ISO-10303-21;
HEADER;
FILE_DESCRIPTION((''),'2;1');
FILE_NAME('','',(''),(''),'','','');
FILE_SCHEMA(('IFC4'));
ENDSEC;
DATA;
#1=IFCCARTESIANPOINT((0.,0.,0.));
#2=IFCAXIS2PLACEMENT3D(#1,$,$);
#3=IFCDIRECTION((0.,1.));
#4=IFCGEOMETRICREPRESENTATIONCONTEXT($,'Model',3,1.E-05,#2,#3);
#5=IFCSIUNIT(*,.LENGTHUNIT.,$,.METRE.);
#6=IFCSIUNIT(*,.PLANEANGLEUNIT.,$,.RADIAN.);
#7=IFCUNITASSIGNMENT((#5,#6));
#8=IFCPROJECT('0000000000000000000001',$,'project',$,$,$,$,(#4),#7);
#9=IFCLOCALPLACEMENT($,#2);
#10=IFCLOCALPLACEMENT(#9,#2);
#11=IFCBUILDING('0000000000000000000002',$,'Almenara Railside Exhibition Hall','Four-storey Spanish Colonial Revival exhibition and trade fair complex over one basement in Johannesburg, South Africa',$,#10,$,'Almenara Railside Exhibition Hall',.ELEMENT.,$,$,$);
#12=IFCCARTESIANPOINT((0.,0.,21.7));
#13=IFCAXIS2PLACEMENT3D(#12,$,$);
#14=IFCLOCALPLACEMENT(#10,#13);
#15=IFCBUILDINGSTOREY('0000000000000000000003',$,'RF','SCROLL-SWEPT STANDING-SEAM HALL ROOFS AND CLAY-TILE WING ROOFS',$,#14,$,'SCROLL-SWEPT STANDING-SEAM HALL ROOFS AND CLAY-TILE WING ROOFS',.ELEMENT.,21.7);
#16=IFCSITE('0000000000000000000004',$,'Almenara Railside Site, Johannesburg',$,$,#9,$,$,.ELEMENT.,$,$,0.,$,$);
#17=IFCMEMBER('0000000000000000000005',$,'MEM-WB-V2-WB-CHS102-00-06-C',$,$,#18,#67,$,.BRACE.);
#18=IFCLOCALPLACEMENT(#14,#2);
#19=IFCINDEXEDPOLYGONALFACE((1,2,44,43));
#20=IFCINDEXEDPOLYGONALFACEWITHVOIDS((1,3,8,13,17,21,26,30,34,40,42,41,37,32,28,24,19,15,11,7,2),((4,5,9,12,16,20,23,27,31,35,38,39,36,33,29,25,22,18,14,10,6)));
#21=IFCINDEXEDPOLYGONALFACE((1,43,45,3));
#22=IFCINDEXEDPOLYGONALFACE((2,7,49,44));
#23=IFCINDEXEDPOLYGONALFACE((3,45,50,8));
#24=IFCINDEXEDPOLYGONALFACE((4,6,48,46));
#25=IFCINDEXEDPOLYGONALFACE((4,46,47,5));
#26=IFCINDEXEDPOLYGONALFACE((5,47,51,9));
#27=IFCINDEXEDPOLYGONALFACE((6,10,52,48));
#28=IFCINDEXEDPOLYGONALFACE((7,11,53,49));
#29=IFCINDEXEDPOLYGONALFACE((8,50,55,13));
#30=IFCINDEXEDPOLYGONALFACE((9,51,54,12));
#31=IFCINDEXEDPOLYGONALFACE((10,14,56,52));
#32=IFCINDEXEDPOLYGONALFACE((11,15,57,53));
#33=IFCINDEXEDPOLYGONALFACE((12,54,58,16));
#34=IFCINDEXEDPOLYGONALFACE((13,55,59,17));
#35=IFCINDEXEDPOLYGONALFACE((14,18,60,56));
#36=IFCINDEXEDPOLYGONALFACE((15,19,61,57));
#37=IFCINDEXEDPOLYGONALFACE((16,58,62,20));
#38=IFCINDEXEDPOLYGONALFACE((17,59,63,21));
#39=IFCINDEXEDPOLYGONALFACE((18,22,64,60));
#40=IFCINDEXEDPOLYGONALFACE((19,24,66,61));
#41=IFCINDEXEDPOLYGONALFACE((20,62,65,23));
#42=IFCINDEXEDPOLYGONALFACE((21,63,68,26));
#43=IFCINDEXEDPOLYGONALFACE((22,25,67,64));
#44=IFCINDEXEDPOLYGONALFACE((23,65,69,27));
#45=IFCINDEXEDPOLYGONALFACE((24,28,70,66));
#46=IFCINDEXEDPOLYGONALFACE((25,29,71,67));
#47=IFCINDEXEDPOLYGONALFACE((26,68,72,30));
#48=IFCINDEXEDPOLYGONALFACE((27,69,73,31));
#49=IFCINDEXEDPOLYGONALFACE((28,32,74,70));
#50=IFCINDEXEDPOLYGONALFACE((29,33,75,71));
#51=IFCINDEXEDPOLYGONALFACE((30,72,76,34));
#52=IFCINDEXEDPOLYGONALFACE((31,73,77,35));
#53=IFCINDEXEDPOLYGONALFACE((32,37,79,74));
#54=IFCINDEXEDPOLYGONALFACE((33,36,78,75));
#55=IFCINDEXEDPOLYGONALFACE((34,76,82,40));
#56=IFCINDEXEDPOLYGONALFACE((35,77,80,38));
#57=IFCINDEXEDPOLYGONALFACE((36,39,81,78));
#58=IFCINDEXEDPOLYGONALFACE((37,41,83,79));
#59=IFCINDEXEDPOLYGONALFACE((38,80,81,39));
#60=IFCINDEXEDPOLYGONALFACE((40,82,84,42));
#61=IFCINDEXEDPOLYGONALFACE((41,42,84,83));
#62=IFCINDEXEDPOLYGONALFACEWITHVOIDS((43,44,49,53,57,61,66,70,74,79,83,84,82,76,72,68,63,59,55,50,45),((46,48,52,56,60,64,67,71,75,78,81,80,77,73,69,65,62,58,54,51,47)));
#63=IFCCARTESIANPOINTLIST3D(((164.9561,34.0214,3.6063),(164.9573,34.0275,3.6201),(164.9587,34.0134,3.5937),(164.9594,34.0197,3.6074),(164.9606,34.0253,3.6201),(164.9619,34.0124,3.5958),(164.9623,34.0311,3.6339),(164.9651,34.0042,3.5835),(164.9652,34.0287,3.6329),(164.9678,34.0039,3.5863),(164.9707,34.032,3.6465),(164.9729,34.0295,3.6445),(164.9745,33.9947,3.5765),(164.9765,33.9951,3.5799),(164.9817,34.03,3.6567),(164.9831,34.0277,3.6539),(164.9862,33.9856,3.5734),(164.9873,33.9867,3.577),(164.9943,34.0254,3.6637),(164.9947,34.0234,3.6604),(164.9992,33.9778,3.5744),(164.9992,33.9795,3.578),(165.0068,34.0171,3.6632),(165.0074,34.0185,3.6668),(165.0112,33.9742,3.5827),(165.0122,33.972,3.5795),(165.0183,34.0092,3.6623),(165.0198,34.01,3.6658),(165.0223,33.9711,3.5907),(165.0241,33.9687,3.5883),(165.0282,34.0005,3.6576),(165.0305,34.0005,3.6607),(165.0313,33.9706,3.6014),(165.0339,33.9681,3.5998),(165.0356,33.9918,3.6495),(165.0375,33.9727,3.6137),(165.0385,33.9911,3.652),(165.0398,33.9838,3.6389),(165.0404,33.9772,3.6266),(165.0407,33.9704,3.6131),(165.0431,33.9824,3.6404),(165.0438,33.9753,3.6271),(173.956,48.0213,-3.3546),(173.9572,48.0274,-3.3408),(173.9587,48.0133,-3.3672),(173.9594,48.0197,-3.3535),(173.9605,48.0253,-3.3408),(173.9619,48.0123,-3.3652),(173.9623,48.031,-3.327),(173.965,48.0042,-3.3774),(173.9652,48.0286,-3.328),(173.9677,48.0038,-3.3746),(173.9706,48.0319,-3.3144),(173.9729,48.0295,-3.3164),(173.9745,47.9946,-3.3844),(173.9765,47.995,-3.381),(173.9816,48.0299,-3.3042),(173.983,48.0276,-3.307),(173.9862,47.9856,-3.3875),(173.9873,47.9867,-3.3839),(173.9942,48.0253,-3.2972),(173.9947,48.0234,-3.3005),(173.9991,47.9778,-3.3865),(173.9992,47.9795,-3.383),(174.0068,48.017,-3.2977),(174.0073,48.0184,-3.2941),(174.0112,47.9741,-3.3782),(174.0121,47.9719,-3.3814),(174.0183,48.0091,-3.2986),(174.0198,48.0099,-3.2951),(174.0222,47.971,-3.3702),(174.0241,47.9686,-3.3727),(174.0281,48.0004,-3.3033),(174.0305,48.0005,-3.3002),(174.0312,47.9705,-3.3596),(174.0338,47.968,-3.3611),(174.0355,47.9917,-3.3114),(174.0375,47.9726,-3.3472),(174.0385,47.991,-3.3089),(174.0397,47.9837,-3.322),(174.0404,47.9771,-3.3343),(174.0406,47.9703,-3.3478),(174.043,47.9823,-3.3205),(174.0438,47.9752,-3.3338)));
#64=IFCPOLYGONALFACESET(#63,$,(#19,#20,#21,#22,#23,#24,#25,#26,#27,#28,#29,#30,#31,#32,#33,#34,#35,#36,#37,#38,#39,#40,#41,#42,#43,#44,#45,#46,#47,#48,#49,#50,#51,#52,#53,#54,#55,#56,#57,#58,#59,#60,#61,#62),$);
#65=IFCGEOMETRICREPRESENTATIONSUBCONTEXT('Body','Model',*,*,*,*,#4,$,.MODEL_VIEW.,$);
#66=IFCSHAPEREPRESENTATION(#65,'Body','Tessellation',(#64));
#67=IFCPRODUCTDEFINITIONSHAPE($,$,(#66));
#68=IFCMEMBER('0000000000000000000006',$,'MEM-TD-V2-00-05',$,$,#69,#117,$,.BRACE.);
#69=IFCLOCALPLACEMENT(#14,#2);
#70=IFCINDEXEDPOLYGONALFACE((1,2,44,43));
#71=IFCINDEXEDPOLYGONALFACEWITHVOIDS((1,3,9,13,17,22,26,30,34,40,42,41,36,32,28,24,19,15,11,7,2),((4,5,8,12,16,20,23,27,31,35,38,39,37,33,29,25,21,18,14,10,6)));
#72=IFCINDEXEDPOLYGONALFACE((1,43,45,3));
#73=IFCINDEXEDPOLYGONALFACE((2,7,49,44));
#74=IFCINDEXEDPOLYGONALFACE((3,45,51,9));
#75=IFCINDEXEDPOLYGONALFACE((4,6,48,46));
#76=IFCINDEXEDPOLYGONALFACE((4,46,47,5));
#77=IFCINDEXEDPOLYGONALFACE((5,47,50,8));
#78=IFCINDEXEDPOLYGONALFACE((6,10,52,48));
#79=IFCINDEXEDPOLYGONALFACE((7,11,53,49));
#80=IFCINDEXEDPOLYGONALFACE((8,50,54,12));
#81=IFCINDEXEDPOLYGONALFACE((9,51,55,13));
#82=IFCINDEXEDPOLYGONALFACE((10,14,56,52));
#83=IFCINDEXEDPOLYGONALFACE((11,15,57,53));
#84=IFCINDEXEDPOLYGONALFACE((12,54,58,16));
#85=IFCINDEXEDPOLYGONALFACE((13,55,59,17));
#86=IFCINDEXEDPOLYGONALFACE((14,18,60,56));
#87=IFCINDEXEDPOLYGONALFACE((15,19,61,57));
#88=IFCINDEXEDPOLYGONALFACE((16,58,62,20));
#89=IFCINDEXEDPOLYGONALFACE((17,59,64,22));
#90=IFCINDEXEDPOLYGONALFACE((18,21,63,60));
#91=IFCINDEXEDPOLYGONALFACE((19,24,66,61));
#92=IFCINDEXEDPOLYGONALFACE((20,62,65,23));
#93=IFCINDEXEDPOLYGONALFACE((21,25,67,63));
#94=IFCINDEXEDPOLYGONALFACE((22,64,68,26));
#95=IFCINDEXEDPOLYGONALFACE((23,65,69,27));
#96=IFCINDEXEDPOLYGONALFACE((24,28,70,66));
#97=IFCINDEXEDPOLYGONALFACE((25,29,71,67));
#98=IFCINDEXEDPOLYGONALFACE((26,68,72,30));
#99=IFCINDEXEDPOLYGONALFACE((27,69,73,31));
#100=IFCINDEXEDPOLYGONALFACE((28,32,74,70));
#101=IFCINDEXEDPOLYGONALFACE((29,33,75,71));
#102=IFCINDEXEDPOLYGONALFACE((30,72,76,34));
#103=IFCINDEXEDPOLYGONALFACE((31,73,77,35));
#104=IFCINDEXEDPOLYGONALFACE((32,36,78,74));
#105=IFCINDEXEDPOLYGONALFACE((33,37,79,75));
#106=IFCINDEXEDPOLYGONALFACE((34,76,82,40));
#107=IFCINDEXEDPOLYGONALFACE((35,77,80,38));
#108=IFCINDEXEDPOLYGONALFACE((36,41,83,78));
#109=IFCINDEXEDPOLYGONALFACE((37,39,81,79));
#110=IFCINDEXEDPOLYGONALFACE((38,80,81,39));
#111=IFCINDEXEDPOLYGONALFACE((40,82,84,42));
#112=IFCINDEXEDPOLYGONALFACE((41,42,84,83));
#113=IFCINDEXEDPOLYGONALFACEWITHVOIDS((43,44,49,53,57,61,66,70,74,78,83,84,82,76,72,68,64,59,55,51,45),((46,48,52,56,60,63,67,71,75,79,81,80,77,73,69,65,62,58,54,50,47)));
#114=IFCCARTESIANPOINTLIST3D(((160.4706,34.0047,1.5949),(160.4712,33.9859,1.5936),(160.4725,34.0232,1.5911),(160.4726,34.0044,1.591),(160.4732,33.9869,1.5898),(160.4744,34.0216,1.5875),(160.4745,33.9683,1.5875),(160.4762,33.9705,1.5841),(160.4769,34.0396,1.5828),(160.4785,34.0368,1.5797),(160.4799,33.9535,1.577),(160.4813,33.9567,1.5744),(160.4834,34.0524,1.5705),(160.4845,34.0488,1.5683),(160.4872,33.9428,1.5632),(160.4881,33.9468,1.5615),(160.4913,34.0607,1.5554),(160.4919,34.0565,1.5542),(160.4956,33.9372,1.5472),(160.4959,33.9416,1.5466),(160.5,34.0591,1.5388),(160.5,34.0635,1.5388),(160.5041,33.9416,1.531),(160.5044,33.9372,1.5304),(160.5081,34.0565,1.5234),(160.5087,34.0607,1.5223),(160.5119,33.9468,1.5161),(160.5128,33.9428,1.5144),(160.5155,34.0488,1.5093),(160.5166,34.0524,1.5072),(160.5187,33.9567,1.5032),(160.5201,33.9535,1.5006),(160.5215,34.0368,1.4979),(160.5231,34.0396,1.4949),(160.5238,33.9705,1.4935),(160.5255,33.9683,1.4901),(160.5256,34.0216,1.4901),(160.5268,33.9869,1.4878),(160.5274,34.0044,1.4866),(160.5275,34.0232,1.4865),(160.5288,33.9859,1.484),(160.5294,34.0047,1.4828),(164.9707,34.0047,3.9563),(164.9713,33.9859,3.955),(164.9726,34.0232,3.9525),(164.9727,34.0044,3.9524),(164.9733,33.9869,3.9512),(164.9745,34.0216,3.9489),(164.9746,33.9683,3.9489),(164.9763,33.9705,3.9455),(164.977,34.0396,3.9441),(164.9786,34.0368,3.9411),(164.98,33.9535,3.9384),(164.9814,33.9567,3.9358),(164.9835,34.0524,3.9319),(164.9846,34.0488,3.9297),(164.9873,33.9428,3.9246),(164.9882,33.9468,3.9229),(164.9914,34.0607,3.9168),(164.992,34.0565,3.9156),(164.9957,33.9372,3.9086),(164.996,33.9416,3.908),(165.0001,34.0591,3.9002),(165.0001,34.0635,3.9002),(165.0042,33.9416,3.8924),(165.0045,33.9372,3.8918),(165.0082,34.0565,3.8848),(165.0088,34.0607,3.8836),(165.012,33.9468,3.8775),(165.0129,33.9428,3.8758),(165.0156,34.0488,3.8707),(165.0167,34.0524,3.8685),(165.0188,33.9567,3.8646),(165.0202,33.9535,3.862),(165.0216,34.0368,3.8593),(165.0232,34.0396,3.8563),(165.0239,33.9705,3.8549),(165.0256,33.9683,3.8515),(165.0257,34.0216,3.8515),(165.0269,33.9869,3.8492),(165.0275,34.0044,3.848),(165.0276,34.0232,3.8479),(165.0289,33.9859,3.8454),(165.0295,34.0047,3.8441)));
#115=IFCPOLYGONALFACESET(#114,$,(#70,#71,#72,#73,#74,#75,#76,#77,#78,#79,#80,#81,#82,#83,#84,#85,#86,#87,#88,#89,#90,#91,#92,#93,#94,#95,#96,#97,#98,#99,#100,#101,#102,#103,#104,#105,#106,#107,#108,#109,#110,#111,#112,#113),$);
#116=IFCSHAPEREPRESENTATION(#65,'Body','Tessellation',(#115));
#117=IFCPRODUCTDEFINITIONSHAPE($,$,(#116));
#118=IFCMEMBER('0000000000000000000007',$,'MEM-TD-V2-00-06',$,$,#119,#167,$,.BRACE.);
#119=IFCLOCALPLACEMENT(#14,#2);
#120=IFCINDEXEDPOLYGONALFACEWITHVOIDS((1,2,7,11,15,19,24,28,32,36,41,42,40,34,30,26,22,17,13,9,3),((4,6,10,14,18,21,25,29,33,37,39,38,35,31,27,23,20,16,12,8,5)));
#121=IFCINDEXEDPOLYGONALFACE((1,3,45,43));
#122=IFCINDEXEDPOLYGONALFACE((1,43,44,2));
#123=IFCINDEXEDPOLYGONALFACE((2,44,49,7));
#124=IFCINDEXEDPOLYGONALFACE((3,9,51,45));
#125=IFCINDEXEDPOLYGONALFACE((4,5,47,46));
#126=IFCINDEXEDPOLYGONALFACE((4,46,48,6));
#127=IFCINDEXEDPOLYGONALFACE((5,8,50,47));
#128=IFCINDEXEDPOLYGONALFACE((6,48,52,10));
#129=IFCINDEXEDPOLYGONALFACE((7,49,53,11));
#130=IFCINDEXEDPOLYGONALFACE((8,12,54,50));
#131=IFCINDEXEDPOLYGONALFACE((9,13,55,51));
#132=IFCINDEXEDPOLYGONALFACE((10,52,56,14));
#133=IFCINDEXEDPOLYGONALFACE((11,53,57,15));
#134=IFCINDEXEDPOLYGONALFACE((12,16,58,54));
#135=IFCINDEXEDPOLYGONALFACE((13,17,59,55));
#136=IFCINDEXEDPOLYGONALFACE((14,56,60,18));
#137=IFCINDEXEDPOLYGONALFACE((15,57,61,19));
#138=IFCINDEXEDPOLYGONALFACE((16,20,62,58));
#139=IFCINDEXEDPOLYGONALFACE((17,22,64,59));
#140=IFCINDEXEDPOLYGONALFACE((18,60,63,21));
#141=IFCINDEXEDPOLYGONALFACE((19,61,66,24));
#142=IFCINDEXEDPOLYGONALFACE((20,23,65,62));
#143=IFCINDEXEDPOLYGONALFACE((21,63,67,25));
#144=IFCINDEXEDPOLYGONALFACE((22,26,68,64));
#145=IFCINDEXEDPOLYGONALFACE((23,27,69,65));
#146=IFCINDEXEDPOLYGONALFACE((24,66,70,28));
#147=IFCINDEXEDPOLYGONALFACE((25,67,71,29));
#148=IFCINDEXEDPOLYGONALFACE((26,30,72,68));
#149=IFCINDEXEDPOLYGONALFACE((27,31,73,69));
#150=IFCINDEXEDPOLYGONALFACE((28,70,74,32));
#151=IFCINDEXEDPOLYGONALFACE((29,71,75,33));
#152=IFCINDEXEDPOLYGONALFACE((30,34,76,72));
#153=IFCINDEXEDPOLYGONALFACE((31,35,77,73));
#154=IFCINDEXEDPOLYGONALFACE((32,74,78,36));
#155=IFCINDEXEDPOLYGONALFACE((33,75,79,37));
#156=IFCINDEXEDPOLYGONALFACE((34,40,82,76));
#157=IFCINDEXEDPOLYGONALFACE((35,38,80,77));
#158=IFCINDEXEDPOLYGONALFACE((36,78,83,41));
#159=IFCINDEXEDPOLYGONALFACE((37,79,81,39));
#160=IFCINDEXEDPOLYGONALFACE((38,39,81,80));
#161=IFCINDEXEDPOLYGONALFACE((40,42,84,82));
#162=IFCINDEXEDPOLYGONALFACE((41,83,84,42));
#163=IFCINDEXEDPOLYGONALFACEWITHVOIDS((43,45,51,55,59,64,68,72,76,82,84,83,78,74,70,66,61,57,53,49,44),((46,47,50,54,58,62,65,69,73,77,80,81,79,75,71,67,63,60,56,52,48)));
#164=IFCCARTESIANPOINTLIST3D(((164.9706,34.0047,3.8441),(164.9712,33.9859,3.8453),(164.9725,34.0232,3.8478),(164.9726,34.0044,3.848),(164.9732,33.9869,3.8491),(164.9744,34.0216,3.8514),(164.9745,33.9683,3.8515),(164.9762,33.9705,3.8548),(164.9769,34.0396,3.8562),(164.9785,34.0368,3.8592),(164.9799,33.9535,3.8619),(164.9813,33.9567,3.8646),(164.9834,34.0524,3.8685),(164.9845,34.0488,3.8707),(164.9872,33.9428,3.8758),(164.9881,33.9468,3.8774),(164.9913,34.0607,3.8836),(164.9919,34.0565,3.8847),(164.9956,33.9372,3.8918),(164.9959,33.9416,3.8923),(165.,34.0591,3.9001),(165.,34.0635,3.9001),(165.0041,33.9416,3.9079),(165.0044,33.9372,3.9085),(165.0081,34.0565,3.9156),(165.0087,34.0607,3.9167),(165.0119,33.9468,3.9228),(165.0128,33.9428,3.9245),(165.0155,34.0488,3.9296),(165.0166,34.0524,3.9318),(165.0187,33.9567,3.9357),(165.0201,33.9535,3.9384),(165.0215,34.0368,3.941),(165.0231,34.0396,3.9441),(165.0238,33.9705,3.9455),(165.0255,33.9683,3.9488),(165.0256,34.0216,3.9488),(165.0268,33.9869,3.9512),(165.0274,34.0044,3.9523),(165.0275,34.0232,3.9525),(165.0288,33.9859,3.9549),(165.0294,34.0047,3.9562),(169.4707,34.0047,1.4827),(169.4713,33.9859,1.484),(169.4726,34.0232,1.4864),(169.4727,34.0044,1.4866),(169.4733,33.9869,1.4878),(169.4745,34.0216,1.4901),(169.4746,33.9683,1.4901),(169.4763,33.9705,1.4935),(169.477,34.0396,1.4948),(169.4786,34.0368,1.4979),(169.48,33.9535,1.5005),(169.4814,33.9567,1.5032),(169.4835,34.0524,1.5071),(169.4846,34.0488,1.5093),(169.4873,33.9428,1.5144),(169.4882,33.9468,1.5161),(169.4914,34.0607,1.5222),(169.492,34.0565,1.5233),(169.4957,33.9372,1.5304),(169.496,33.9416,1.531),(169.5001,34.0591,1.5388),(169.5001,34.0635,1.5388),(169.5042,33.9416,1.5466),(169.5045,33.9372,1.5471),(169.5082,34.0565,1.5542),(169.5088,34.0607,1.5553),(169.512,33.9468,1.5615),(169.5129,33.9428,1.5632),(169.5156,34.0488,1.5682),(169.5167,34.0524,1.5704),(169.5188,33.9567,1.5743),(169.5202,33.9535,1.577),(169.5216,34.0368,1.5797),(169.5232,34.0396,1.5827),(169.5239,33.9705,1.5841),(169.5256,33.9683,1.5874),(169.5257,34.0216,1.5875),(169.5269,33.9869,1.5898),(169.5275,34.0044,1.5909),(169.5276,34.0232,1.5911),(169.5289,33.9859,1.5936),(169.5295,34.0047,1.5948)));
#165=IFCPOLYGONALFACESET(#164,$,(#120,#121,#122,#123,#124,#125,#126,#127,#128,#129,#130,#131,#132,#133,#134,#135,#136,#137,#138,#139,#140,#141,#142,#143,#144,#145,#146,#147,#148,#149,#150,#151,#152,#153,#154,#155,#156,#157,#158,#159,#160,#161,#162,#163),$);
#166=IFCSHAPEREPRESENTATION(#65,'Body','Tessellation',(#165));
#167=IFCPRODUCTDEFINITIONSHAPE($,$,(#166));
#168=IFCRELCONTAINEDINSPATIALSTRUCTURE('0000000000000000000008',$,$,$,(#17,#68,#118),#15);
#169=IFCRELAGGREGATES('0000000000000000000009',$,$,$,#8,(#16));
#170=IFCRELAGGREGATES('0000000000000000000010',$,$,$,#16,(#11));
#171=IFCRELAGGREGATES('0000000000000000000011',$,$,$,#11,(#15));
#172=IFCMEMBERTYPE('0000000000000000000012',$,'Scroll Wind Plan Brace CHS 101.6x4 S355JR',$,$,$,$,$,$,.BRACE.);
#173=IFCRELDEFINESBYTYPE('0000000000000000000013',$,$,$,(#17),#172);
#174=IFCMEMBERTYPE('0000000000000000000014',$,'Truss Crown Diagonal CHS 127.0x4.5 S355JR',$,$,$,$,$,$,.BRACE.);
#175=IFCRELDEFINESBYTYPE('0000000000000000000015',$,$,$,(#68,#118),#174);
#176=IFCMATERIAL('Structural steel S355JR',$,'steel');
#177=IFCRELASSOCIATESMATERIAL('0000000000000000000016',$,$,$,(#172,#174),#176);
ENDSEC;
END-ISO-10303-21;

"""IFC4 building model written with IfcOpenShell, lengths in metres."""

from ifc_helpers import new_model, si_unit, direction, frame, origin, origin_2d, place, context, subcontext, project, spatial, hollow_circle, extrude, material, material_profile, profile_set, type_object, element, save


model = new_model("IFC4")

# Units and contexts
model_context = context("Model", 3, precision=1e-05, world=origin(), true_north=direction((0.0, 1.0)))
body_context = subcontext(model_context, "Body", "Model", "MODEL_VIEW")
ifc_project = project(units=[si_unit("LENGTHUNIT", "METRE"), si_unit("PLANEANGLEUNIT", "RADIAN")], contexts=[model_context])

# Site, building, storey
site_placement = place(None, origin())
site = spatial("IfcSite", under=ifc_project, at=site_placement, Name="Almenara Railside Site, Johannesburg", CompositionType="ELEMENT", RefElevation=0.0)
building_placement = place(site_placement, origin())
building = spatial("IfcBuilding", under=site, at=building_placement, Name="Almenara Railside Exhibition Hall", Description="Four-storey Spanish Colonial Revival exhibition and trade fair complex over one basement in Johannesburg, South Africa", LongName="Almenara Railside Exhibition Hall", CompositionType="ELEMENT")
storey_placement = place(building_placement, frame((0.0, 0.0, 21.7)))
storey = spatial("IfcBuildingStorey", under=building, at=storey_placement, Name="RF", Description="SCROLL-SWEPT STANDING-SEAM HALL ROOFS AND CLAY-TILE WING ROOFS", LongName="SCROLL-SWEPT STANDING-SEAM HALL ROOFS AND CLAY-TILE WING ROOFS", CompositionType="ELEMENT", Elevation=21.7)

# Shared definitions
ifc_material_1 = material(Name="Structural steel S355JR", Category="steel")

# Members
ifc_material_profile_1 = material_profile(ifc_material_1, hollow_circle(Radius=0.0508, WallThickness=0.0039, at=origin_2d()), Name="CHS 101.6x4")
ifc_profile_set_1 = profile_set([ifc_material_profile_1], Name="Structural steel S355JR")
member_type_1 = type_object("IfcMemberType", Name="Scroll Wind Plan Brace CHS 101.6x4 S355JR", PredefinedType="BRACE", material=ifc_profile_set_1)
member_1_placement = place(storey_placement, frame((165.0, 34.0, 3.6201), z_axis=(0.498881, 0.776038, -0.385854), x_axis=(-0.841178, 0.540758, 0.0)))
element("IfcMember", 1, at=member_1_placement, inside=storey, type_object=member_type_1, Name="MEM-WB-V2-WB-CHS102-00-06-C", PredefinedType="BRACE", context=body_context, shape_type="SweptSolid", body=[
    extrude(hollow_circle(Radius=0.0508, WallThickness=0.0039, at=origin_2d()), origin(), (0.0, 0.0, 1.0), 18.0403),
])
ifc_material_profile_2 = material_profile(ifc_material_1, hollow_circle(Radius=0.0635, WallThickness=0.0044, at=origin_2d()), Name="CHS 127.0x4.5")
ifc_profile_set_2 = profile_set([ifc_material_profile_2], Name="Structural steel S355JR")
member_type_2 = type_object("IfcMemberType", Name="Truss Crown Diagonal CHS 127.0x4.5 S355JR", PredefinedType="BRACE", material=ifc_profile_set_2)
for number, where, z_axis, x_axis, name in (
    (2, (160.5, 34.0, 1.5388), (0.885493, 0.0, 0.464653), (0.0, 1.0, 0.0), "MEM-TD-V2-00-05"),
    (3, (165.0, 34.0, 3.9001), (0.885493, 0.0, -0.464653), (0.0, 1.0, 0.0), "MEM-TD-V2-00-06"),
):
    element("IfcMember", number, at=place(storey_placement, frame(where, z_axis=z_axis, x_axis=x_axis)), inside=storey, type_object=member_type_2, Name=name, PredefinedType="BRACE", context=body_context, shape_type="SweptSolid", body=[
        extrude(hollow_circle(Radius=0.0635, WallThickness=0.0044, at=origin_2d()), origin(), (0.0, 0.0, 1.0), 5.082),
    ])

save(model, "model.ifc")
